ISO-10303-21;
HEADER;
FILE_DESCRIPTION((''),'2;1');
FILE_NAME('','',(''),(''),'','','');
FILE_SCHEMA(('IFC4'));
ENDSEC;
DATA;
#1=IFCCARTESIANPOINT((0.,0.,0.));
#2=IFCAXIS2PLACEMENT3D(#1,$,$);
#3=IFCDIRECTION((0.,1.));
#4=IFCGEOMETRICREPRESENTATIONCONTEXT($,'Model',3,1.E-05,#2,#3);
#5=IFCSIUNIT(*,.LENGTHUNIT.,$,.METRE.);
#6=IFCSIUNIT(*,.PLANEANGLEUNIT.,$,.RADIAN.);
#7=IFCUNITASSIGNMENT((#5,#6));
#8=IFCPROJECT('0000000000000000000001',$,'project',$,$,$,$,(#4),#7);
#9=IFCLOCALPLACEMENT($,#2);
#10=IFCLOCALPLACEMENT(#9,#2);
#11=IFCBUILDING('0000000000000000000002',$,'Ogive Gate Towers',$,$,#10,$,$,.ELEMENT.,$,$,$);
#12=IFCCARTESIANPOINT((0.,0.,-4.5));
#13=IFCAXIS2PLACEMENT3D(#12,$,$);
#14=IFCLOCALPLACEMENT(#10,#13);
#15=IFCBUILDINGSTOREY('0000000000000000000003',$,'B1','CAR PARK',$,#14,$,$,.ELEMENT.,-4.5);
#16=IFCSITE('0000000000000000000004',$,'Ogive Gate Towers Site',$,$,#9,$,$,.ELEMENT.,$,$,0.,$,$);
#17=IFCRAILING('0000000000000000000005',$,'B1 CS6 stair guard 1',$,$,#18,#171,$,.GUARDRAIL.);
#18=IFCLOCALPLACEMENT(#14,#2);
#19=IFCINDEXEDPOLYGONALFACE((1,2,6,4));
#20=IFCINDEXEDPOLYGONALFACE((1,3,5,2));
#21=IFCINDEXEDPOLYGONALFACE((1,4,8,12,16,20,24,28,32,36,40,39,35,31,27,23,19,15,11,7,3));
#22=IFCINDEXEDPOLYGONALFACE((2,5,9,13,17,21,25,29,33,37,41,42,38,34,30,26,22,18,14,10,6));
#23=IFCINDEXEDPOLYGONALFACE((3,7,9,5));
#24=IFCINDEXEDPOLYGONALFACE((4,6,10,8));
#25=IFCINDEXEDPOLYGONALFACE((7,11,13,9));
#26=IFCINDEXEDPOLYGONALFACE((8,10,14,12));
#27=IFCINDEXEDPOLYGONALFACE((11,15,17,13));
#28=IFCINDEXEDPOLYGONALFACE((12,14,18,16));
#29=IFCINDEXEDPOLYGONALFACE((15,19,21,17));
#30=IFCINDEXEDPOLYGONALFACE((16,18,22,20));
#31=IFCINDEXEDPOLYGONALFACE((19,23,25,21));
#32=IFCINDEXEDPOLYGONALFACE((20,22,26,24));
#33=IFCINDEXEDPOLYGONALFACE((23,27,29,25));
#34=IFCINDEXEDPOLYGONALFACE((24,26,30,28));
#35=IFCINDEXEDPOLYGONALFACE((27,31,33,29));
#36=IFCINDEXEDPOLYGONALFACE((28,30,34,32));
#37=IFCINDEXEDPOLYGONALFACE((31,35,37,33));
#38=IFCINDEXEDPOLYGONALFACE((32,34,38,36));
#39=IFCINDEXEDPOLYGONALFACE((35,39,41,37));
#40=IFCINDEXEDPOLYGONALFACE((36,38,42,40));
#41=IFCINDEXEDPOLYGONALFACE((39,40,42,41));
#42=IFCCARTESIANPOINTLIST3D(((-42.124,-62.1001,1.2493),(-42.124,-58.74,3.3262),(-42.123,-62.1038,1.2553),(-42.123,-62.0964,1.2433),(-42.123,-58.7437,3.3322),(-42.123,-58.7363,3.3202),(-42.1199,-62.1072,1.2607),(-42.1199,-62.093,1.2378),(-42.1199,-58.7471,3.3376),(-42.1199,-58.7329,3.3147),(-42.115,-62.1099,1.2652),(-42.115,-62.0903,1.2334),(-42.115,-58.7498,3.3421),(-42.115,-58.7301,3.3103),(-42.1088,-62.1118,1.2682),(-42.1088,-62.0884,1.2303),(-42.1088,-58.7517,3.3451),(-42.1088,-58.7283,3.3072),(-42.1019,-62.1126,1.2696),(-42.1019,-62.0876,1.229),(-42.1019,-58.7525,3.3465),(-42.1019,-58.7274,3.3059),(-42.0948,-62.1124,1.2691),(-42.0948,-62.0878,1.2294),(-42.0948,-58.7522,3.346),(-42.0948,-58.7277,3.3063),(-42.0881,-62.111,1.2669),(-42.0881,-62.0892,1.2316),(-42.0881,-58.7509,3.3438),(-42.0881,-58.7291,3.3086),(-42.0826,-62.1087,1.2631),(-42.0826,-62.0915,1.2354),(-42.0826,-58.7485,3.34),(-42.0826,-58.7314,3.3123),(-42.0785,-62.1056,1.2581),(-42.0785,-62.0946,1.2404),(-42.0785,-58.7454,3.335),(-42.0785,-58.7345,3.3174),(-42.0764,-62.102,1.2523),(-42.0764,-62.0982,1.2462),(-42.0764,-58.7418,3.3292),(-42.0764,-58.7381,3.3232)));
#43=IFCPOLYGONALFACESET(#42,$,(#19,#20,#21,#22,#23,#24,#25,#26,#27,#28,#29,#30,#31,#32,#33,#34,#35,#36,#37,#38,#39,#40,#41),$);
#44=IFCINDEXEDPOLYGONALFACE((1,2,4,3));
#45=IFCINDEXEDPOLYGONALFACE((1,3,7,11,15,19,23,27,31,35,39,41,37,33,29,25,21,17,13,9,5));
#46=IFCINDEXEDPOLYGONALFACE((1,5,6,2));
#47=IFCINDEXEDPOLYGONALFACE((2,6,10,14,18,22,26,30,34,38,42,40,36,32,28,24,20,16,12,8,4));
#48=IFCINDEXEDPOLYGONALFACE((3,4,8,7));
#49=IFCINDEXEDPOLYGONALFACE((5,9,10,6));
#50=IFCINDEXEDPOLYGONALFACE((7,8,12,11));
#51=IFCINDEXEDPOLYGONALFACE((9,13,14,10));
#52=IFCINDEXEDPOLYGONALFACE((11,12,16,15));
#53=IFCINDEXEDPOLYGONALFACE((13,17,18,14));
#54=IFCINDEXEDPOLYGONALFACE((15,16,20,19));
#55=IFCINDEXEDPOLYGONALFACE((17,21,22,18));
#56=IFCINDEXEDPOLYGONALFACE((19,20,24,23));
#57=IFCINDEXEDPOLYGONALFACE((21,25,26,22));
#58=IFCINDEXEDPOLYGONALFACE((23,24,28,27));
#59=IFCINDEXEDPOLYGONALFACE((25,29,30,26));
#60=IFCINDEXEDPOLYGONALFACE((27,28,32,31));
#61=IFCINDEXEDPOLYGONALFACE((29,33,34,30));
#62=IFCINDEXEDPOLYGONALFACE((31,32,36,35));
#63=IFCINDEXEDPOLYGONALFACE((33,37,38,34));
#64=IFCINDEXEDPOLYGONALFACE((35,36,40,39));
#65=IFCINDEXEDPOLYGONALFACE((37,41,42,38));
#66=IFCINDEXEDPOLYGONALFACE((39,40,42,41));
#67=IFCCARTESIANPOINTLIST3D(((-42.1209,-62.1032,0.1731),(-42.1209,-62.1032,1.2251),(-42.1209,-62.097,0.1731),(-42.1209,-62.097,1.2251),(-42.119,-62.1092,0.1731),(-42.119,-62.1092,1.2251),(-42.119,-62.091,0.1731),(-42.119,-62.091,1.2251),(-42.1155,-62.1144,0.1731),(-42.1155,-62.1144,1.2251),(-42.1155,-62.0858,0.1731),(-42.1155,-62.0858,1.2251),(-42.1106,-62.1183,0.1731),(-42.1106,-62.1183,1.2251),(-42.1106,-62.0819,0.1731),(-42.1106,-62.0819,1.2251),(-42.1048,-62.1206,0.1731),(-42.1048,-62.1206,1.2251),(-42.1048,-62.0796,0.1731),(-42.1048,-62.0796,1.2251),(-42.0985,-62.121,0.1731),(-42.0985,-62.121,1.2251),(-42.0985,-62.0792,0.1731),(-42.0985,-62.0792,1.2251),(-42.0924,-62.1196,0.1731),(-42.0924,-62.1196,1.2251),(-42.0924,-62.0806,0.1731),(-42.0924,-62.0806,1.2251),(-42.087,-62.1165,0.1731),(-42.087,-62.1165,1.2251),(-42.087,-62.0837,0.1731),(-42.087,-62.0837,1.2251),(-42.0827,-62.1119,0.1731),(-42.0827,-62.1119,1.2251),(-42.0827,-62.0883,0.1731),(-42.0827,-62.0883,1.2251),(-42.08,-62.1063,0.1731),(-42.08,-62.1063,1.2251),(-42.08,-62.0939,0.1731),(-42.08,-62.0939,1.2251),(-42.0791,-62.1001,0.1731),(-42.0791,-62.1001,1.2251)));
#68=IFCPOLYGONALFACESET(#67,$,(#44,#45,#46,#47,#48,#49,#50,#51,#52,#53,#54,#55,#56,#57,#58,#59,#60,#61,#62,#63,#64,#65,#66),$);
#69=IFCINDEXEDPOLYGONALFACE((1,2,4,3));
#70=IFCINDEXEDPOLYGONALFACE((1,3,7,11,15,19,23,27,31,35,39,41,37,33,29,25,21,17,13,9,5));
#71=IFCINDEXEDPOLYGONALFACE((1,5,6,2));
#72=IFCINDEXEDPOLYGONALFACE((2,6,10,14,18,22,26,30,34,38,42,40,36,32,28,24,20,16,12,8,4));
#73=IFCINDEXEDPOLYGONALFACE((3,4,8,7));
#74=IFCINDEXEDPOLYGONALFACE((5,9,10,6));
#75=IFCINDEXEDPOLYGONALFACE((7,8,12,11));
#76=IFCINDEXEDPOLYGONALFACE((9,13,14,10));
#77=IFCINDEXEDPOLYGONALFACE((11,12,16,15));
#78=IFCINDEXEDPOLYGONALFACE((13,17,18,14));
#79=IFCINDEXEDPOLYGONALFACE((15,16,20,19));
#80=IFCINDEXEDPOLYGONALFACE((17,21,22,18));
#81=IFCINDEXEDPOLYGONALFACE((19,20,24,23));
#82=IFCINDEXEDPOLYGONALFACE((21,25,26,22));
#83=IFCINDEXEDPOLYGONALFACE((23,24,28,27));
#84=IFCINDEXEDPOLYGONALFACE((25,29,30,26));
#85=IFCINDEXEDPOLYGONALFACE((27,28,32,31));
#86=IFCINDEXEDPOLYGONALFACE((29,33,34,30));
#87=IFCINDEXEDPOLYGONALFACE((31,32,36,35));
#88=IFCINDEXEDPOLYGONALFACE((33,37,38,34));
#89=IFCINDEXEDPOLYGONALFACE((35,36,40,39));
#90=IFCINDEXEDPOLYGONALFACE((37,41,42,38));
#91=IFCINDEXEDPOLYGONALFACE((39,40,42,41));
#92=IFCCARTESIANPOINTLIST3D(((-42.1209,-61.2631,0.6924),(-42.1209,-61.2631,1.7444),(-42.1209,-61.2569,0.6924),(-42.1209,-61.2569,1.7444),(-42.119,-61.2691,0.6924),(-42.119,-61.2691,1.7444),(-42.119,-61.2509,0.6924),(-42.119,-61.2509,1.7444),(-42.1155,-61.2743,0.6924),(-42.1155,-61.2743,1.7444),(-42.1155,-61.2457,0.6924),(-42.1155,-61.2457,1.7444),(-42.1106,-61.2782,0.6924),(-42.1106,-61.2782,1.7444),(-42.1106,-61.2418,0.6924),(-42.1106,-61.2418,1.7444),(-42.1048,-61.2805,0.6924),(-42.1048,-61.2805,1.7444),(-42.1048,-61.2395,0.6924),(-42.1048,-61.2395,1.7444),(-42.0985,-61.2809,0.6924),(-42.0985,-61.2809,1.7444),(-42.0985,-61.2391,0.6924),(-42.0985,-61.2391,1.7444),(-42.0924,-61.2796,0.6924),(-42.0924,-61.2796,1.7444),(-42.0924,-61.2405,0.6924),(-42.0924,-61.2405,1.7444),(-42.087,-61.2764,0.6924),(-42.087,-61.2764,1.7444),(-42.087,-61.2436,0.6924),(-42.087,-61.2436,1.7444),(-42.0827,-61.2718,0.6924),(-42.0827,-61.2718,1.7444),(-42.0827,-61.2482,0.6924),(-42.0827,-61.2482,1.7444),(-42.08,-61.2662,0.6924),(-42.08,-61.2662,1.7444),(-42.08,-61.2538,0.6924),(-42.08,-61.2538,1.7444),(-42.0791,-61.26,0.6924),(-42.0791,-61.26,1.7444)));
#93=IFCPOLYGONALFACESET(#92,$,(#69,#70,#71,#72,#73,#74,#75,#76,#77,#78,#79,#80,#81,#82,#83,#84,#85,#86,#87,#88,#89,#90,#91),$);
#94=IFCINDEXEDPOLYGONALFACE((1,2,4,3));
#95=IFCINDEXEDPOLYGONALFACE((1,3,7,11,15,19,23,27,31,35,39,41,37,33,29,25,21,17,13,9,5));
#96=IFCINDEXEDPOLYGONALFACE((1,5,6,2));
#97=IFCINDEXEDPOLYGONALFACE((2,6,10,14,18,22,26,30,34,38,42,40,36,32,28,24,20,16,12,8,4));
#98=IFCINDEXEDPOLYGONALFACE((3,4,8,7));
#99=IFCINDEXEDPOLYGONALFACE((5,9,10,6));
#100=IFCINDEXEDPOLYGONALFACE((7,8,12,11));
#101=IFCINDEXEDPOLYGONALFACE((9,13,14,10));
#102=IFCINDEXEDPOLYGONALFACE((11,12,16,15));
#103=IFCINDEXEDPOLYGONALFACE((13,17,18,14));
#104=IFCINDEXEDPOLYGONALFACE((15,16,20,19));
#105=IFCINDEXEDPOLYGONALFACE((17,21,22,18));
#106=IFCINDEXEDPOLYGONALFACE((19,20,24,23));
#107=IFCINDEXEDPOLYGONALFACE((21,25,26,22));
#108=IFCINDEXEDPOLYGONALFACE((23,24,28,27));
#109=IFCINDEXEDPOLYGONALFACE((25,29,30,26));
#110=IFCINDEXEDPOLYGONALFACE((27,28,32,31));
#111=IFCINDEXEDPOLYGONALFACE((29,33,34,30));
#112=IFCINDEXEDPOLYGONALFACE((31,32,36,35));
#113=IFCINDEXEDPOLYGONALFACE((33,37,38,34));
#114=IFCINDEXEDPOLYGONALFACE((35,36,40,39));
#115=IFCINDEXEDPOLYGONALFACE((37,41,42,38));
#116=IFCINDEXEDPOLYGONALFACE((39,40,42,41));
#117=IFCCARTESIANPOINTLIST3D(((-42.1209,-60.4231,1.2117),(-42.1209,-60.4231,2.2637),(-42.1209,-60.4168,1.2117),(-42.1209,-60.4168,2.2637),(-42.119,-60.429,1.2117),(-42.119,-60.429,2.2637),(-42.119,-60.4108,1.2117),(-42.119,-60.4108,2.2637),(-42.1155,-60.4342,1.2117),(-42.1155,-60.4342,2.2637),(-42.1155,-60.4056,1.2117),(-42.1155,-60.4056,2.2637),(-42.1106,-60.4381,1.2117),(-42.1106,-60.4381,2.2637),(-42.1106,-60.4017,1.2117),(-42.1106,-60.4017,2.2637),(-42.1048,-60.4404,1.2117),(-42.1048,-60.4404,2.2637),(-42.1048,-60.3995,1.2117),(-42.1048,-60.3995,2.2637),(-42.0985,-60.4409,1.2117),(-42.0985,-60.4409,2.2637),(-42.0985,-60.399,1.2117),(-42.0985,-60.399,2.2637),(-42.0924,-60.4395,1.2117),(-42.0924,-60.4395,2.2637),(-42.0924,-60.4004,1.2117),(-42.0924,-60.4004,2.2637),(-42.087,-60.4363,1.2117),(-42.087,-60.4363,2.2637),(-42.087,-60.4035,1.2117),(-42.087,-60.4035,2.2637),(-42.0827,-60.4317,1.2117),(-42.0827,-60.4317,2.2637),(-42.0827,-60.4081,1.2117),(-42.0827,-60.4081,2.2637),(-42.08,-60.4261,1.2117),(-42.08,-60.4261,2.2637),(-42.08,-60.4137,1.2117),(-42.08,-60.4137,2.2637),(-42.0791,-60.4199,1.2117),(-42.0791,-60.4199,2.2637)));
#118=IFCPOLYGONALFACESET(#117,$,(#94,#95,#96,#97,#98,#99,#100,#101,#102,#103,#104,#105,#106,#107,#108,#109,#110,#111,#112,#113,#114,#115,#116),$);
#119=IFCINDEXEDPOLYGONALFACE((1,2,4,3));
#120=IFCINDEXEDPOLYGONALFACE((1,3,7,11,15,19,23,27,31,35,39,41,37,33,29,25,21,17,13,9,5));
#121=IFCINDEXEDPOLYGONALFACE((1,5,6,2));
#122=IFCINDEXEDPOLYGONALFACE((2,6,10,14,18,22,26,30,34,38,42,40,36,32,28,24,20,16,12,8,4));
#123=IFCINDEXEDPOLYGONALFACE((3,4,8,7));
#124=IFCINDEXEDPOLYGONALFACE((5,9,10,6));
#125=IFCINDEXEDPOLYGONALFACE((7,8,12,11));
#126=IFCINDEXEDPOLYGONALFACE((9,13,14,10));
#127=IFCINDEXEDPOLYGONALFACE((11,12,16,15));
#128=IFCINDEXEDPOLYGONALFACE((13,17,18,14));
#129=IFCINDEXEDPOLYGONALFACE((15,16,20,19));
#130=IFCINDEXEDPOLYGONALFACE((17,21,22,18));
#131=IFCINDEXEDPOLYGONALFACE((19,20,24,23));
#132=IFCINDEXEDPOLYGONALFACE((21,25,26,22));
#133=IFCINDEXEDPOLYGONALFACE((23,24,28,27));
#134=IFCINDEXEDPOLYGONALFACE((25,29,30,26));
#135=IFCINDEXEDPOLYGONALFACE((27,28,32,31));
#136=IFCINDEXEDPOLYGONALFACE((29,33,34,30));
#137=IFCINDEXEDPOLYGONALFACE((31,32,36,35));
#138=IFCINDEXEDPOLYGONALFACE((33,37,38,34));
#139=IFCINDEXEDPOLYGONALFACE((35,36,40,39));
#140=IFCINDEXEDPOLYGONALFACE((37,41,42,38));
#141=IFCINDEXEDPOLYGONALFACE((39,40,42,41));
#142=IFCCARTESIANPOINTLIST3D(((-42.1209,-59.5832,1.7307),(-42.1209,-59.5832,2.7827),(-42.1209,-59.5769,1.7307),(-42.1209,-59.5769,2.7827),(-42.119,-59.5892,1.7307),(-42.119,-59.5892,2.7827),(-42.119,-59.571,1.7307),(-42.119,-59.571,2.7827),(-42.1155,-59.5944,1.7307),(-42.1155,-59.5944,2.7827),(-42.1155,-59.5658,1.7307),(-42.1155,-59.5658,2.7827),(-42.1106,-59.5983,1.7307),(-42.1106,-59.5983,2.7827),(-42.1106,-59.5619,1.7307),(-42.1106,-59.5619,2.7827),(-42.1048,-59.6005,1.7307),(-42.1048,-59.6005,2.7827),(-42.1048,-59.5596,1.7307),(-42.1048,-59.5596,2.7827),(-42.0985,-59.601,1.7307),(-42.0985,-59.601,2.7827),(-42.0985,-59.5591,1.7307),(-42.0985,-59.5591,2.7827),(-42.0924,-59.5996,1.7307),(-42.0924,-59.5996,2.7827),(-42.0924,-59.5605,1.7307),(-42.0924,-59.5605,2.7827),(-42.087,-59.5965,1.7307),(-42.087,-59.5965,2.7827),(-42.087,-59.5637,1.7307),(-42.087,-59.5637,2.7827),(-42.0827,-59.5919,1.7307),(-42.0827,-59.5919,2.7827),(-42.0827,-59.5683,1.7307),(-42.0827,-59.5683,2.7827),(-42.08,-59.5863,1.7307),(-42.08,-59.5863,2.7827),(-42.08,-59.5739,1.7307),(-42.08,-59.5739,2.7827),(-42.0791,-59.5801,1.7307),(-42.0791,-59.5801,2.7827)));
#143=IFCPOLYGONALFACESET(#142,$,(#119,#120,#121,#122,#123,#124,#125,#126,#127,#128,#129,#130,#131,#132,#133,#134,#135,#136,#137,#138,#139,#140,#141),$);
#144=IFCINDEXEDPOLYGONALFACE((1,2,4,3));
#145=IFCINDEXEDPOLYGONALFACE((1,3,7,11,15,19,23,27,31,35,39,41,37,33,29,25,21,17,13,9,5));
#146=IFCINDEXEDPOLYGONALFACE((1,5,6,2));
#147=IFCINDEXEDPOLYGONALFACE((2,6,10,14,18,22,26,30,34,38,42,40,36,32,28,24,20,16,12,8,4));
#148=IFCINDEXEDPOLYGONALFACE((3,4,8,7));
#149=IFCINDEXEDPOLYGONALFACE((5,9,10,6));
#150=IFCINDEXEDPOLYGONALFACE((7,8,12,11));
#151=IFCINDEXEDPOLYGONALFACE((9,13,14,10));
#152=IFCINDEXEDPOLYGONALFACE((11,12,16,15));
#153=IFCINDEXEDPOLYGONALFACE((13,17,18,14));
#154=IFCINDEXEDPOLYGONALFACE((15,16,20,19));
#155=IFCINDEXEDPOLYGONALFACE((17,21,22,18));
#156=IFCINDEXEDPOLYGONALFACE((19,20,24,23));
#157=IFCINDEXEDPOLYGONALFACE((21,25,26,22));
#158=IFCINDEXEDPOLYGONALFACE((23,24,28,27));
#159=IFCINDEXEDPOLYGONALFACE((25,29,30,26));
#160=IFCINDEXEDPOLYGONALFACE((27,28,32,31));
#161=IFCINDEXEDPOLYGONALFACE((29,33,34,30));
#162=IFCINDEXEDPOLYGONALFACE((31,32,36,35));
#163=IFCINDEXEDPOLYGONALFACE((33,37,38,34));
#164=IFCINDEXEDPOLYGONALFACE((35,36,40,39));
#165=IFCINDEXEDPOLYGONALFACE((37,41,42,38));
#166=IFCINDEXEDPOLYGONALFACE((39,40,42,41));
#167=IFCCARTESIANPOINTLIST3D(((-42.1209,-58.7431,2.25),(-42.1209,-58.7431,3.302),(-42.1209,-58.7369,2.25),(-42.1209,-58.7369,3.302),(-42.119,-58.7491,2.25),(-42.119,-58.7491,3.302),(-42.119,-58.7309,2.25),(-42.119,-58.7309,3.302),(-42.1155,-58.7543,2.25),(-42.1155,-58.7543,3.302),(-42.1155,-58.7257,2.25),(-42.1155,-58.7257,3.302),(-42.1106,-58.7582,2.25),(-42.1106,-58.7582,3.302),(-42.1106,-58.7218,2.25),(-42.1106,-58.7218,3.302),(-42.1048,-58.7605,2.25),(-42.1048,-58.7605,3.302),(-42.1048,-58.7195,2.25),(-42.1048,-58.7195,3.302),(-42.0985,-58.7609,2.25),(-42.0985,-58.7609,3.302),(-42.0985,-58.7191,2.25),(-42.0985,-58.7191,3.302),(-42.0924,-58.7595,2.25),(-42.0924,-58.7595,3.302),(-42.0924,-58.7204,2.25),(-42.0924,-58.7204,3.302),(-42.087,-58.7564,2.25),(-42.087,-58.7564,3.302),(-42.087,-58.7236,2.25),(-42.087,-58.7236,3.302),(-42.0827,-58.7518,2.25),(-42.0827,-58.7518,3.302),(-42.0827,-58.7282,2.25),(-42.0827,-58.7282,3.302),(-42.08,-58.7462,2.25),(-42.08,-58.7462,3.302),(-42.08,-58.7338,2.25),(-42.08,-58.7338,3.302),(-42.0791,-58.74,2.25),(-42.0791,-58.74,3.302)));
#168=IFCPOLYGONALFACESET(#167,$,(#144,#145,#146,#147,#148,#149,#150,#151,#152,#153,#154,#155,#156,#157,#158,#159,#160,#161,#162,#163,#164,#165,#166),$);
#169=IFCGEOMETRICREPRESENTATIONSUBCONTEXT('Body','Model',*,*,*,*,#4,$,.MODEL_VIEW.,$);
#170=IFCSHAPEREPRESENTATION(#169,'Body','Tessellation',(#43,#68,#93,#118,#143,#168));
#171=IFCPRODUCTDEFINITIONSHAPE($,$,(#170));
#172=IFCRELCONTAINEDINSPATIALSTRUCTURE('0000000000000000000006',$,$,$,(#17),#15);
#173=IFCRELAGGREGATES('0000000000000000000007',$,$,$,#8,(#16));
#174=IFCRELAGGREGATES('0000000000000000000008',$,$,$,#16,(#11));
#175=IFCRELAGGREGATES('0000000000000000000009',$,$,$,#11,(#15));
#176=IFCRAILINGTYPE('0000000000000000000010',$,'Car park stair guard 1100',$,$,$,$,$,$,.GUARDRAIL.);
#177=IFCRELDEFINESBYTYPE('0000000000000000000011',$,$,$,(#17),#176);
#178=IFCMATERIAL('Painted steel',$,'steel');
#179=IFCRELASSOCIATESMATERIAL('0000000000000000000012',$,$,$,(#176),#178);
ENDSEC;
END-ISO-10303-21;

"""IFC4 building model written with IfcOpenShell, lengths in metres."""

from ifc_helpers import new_model, si_unit, direction, frame, origin, origin_2d, place, context, subcontext, project, spatial, circle, extrude, material, type_object, element, save


model = new_model("IFC4")

# Units and contexts
model_context = context("Model", 3, precision=1e-05, world=origin(), true_north=direction((0.0, 1.0)))
body_context = subcontext(model_context, "Body", "Model", "MODEL_VIEW")
ifc_project = project(units=[si_unit("LENGTHUNIT", "METRE"), si_unit("PLANEANGLEUNIT", "RADIAN")], contexts=[model_context])

# Site, building, storey
site_placement = place(None, origin())
site = spatial("IfcSite", under=ifc_project, at=site_placement, Name="Ogive Gate Towers Site", CompositionType="ELEMENT", RefElevation=0.0)
building_placement = place(site_placement, origin())
building = spatial("IfcBuilding", under=site, at=building_placement, Name="Ogive Gate Towers", CompositionType="ELEMENT")
storey_placement = place(building_placement, frame((0.0, 0.0, -4.5)))
storey = spatial("IfcBuildingStorey", under=building, at=storey_placement, Name="B1", Description="CAR PARK", CompositionType="ELEMENT", Elevation=-4.5)

# Railing
ifc_material_1 = material(Name="Painted steel", Category="steel")
railing_type_1 = type_object("IfcRailingType", Name="Car park stair guard 1100", PredefinedType="GUARDRAIL", material=ifc_material_1)
railing_1_placement = place(storey_placement, frame((-42.1001, -62.1001, 0.1731)))
element("IfcRailing", 1, at=railing_1_placement, inside=storey, type_object=railing_type_1, Name="B1 CS6 stair guard 1", PredefinedType="GUARDRAIL", context=body_context, shape_type="SweptSolid", body=[
    extrude(circle(Radius=0.0239, at=origin_2d()), frame((0.0, 0.0, 1.0762), z_axis=(0.0, 0.850623, 0.525776), x_axis=(-1.0, 0.0, 0.0)), (0.0, 0.0, 1.0), 3.9502),
    extrude(circle(Radius=0.021, at=origin_2d()), origin(), (0.0, 0.0, 1.0), 1.052),
    extrude(circle(Radius=0.021, at=origin_2d()), frame((0.0, 0.8401, 0.5193)), (0.0, 0.0, 1.0), 1.052),
    extrude(circle(Radius=0.021, at=origin_2d()), frame((0.0, 1.6802, 1.0386)), (0.0, 0.0, 1.0), 1.052),
    extrude(circle(Radius=0.021, at=origin_2d()), frame((0.0, 2.52, 1.5576)), (0.0, 0.0, 1.0), 1.052),
    extrude(circle(Radius=0.021, at=origin_2d()), frame((0.0, 3.3601, 2.0769)), (0.0, 0.0, 1.0), 1.052),
])

save(model, "model.ifc")
